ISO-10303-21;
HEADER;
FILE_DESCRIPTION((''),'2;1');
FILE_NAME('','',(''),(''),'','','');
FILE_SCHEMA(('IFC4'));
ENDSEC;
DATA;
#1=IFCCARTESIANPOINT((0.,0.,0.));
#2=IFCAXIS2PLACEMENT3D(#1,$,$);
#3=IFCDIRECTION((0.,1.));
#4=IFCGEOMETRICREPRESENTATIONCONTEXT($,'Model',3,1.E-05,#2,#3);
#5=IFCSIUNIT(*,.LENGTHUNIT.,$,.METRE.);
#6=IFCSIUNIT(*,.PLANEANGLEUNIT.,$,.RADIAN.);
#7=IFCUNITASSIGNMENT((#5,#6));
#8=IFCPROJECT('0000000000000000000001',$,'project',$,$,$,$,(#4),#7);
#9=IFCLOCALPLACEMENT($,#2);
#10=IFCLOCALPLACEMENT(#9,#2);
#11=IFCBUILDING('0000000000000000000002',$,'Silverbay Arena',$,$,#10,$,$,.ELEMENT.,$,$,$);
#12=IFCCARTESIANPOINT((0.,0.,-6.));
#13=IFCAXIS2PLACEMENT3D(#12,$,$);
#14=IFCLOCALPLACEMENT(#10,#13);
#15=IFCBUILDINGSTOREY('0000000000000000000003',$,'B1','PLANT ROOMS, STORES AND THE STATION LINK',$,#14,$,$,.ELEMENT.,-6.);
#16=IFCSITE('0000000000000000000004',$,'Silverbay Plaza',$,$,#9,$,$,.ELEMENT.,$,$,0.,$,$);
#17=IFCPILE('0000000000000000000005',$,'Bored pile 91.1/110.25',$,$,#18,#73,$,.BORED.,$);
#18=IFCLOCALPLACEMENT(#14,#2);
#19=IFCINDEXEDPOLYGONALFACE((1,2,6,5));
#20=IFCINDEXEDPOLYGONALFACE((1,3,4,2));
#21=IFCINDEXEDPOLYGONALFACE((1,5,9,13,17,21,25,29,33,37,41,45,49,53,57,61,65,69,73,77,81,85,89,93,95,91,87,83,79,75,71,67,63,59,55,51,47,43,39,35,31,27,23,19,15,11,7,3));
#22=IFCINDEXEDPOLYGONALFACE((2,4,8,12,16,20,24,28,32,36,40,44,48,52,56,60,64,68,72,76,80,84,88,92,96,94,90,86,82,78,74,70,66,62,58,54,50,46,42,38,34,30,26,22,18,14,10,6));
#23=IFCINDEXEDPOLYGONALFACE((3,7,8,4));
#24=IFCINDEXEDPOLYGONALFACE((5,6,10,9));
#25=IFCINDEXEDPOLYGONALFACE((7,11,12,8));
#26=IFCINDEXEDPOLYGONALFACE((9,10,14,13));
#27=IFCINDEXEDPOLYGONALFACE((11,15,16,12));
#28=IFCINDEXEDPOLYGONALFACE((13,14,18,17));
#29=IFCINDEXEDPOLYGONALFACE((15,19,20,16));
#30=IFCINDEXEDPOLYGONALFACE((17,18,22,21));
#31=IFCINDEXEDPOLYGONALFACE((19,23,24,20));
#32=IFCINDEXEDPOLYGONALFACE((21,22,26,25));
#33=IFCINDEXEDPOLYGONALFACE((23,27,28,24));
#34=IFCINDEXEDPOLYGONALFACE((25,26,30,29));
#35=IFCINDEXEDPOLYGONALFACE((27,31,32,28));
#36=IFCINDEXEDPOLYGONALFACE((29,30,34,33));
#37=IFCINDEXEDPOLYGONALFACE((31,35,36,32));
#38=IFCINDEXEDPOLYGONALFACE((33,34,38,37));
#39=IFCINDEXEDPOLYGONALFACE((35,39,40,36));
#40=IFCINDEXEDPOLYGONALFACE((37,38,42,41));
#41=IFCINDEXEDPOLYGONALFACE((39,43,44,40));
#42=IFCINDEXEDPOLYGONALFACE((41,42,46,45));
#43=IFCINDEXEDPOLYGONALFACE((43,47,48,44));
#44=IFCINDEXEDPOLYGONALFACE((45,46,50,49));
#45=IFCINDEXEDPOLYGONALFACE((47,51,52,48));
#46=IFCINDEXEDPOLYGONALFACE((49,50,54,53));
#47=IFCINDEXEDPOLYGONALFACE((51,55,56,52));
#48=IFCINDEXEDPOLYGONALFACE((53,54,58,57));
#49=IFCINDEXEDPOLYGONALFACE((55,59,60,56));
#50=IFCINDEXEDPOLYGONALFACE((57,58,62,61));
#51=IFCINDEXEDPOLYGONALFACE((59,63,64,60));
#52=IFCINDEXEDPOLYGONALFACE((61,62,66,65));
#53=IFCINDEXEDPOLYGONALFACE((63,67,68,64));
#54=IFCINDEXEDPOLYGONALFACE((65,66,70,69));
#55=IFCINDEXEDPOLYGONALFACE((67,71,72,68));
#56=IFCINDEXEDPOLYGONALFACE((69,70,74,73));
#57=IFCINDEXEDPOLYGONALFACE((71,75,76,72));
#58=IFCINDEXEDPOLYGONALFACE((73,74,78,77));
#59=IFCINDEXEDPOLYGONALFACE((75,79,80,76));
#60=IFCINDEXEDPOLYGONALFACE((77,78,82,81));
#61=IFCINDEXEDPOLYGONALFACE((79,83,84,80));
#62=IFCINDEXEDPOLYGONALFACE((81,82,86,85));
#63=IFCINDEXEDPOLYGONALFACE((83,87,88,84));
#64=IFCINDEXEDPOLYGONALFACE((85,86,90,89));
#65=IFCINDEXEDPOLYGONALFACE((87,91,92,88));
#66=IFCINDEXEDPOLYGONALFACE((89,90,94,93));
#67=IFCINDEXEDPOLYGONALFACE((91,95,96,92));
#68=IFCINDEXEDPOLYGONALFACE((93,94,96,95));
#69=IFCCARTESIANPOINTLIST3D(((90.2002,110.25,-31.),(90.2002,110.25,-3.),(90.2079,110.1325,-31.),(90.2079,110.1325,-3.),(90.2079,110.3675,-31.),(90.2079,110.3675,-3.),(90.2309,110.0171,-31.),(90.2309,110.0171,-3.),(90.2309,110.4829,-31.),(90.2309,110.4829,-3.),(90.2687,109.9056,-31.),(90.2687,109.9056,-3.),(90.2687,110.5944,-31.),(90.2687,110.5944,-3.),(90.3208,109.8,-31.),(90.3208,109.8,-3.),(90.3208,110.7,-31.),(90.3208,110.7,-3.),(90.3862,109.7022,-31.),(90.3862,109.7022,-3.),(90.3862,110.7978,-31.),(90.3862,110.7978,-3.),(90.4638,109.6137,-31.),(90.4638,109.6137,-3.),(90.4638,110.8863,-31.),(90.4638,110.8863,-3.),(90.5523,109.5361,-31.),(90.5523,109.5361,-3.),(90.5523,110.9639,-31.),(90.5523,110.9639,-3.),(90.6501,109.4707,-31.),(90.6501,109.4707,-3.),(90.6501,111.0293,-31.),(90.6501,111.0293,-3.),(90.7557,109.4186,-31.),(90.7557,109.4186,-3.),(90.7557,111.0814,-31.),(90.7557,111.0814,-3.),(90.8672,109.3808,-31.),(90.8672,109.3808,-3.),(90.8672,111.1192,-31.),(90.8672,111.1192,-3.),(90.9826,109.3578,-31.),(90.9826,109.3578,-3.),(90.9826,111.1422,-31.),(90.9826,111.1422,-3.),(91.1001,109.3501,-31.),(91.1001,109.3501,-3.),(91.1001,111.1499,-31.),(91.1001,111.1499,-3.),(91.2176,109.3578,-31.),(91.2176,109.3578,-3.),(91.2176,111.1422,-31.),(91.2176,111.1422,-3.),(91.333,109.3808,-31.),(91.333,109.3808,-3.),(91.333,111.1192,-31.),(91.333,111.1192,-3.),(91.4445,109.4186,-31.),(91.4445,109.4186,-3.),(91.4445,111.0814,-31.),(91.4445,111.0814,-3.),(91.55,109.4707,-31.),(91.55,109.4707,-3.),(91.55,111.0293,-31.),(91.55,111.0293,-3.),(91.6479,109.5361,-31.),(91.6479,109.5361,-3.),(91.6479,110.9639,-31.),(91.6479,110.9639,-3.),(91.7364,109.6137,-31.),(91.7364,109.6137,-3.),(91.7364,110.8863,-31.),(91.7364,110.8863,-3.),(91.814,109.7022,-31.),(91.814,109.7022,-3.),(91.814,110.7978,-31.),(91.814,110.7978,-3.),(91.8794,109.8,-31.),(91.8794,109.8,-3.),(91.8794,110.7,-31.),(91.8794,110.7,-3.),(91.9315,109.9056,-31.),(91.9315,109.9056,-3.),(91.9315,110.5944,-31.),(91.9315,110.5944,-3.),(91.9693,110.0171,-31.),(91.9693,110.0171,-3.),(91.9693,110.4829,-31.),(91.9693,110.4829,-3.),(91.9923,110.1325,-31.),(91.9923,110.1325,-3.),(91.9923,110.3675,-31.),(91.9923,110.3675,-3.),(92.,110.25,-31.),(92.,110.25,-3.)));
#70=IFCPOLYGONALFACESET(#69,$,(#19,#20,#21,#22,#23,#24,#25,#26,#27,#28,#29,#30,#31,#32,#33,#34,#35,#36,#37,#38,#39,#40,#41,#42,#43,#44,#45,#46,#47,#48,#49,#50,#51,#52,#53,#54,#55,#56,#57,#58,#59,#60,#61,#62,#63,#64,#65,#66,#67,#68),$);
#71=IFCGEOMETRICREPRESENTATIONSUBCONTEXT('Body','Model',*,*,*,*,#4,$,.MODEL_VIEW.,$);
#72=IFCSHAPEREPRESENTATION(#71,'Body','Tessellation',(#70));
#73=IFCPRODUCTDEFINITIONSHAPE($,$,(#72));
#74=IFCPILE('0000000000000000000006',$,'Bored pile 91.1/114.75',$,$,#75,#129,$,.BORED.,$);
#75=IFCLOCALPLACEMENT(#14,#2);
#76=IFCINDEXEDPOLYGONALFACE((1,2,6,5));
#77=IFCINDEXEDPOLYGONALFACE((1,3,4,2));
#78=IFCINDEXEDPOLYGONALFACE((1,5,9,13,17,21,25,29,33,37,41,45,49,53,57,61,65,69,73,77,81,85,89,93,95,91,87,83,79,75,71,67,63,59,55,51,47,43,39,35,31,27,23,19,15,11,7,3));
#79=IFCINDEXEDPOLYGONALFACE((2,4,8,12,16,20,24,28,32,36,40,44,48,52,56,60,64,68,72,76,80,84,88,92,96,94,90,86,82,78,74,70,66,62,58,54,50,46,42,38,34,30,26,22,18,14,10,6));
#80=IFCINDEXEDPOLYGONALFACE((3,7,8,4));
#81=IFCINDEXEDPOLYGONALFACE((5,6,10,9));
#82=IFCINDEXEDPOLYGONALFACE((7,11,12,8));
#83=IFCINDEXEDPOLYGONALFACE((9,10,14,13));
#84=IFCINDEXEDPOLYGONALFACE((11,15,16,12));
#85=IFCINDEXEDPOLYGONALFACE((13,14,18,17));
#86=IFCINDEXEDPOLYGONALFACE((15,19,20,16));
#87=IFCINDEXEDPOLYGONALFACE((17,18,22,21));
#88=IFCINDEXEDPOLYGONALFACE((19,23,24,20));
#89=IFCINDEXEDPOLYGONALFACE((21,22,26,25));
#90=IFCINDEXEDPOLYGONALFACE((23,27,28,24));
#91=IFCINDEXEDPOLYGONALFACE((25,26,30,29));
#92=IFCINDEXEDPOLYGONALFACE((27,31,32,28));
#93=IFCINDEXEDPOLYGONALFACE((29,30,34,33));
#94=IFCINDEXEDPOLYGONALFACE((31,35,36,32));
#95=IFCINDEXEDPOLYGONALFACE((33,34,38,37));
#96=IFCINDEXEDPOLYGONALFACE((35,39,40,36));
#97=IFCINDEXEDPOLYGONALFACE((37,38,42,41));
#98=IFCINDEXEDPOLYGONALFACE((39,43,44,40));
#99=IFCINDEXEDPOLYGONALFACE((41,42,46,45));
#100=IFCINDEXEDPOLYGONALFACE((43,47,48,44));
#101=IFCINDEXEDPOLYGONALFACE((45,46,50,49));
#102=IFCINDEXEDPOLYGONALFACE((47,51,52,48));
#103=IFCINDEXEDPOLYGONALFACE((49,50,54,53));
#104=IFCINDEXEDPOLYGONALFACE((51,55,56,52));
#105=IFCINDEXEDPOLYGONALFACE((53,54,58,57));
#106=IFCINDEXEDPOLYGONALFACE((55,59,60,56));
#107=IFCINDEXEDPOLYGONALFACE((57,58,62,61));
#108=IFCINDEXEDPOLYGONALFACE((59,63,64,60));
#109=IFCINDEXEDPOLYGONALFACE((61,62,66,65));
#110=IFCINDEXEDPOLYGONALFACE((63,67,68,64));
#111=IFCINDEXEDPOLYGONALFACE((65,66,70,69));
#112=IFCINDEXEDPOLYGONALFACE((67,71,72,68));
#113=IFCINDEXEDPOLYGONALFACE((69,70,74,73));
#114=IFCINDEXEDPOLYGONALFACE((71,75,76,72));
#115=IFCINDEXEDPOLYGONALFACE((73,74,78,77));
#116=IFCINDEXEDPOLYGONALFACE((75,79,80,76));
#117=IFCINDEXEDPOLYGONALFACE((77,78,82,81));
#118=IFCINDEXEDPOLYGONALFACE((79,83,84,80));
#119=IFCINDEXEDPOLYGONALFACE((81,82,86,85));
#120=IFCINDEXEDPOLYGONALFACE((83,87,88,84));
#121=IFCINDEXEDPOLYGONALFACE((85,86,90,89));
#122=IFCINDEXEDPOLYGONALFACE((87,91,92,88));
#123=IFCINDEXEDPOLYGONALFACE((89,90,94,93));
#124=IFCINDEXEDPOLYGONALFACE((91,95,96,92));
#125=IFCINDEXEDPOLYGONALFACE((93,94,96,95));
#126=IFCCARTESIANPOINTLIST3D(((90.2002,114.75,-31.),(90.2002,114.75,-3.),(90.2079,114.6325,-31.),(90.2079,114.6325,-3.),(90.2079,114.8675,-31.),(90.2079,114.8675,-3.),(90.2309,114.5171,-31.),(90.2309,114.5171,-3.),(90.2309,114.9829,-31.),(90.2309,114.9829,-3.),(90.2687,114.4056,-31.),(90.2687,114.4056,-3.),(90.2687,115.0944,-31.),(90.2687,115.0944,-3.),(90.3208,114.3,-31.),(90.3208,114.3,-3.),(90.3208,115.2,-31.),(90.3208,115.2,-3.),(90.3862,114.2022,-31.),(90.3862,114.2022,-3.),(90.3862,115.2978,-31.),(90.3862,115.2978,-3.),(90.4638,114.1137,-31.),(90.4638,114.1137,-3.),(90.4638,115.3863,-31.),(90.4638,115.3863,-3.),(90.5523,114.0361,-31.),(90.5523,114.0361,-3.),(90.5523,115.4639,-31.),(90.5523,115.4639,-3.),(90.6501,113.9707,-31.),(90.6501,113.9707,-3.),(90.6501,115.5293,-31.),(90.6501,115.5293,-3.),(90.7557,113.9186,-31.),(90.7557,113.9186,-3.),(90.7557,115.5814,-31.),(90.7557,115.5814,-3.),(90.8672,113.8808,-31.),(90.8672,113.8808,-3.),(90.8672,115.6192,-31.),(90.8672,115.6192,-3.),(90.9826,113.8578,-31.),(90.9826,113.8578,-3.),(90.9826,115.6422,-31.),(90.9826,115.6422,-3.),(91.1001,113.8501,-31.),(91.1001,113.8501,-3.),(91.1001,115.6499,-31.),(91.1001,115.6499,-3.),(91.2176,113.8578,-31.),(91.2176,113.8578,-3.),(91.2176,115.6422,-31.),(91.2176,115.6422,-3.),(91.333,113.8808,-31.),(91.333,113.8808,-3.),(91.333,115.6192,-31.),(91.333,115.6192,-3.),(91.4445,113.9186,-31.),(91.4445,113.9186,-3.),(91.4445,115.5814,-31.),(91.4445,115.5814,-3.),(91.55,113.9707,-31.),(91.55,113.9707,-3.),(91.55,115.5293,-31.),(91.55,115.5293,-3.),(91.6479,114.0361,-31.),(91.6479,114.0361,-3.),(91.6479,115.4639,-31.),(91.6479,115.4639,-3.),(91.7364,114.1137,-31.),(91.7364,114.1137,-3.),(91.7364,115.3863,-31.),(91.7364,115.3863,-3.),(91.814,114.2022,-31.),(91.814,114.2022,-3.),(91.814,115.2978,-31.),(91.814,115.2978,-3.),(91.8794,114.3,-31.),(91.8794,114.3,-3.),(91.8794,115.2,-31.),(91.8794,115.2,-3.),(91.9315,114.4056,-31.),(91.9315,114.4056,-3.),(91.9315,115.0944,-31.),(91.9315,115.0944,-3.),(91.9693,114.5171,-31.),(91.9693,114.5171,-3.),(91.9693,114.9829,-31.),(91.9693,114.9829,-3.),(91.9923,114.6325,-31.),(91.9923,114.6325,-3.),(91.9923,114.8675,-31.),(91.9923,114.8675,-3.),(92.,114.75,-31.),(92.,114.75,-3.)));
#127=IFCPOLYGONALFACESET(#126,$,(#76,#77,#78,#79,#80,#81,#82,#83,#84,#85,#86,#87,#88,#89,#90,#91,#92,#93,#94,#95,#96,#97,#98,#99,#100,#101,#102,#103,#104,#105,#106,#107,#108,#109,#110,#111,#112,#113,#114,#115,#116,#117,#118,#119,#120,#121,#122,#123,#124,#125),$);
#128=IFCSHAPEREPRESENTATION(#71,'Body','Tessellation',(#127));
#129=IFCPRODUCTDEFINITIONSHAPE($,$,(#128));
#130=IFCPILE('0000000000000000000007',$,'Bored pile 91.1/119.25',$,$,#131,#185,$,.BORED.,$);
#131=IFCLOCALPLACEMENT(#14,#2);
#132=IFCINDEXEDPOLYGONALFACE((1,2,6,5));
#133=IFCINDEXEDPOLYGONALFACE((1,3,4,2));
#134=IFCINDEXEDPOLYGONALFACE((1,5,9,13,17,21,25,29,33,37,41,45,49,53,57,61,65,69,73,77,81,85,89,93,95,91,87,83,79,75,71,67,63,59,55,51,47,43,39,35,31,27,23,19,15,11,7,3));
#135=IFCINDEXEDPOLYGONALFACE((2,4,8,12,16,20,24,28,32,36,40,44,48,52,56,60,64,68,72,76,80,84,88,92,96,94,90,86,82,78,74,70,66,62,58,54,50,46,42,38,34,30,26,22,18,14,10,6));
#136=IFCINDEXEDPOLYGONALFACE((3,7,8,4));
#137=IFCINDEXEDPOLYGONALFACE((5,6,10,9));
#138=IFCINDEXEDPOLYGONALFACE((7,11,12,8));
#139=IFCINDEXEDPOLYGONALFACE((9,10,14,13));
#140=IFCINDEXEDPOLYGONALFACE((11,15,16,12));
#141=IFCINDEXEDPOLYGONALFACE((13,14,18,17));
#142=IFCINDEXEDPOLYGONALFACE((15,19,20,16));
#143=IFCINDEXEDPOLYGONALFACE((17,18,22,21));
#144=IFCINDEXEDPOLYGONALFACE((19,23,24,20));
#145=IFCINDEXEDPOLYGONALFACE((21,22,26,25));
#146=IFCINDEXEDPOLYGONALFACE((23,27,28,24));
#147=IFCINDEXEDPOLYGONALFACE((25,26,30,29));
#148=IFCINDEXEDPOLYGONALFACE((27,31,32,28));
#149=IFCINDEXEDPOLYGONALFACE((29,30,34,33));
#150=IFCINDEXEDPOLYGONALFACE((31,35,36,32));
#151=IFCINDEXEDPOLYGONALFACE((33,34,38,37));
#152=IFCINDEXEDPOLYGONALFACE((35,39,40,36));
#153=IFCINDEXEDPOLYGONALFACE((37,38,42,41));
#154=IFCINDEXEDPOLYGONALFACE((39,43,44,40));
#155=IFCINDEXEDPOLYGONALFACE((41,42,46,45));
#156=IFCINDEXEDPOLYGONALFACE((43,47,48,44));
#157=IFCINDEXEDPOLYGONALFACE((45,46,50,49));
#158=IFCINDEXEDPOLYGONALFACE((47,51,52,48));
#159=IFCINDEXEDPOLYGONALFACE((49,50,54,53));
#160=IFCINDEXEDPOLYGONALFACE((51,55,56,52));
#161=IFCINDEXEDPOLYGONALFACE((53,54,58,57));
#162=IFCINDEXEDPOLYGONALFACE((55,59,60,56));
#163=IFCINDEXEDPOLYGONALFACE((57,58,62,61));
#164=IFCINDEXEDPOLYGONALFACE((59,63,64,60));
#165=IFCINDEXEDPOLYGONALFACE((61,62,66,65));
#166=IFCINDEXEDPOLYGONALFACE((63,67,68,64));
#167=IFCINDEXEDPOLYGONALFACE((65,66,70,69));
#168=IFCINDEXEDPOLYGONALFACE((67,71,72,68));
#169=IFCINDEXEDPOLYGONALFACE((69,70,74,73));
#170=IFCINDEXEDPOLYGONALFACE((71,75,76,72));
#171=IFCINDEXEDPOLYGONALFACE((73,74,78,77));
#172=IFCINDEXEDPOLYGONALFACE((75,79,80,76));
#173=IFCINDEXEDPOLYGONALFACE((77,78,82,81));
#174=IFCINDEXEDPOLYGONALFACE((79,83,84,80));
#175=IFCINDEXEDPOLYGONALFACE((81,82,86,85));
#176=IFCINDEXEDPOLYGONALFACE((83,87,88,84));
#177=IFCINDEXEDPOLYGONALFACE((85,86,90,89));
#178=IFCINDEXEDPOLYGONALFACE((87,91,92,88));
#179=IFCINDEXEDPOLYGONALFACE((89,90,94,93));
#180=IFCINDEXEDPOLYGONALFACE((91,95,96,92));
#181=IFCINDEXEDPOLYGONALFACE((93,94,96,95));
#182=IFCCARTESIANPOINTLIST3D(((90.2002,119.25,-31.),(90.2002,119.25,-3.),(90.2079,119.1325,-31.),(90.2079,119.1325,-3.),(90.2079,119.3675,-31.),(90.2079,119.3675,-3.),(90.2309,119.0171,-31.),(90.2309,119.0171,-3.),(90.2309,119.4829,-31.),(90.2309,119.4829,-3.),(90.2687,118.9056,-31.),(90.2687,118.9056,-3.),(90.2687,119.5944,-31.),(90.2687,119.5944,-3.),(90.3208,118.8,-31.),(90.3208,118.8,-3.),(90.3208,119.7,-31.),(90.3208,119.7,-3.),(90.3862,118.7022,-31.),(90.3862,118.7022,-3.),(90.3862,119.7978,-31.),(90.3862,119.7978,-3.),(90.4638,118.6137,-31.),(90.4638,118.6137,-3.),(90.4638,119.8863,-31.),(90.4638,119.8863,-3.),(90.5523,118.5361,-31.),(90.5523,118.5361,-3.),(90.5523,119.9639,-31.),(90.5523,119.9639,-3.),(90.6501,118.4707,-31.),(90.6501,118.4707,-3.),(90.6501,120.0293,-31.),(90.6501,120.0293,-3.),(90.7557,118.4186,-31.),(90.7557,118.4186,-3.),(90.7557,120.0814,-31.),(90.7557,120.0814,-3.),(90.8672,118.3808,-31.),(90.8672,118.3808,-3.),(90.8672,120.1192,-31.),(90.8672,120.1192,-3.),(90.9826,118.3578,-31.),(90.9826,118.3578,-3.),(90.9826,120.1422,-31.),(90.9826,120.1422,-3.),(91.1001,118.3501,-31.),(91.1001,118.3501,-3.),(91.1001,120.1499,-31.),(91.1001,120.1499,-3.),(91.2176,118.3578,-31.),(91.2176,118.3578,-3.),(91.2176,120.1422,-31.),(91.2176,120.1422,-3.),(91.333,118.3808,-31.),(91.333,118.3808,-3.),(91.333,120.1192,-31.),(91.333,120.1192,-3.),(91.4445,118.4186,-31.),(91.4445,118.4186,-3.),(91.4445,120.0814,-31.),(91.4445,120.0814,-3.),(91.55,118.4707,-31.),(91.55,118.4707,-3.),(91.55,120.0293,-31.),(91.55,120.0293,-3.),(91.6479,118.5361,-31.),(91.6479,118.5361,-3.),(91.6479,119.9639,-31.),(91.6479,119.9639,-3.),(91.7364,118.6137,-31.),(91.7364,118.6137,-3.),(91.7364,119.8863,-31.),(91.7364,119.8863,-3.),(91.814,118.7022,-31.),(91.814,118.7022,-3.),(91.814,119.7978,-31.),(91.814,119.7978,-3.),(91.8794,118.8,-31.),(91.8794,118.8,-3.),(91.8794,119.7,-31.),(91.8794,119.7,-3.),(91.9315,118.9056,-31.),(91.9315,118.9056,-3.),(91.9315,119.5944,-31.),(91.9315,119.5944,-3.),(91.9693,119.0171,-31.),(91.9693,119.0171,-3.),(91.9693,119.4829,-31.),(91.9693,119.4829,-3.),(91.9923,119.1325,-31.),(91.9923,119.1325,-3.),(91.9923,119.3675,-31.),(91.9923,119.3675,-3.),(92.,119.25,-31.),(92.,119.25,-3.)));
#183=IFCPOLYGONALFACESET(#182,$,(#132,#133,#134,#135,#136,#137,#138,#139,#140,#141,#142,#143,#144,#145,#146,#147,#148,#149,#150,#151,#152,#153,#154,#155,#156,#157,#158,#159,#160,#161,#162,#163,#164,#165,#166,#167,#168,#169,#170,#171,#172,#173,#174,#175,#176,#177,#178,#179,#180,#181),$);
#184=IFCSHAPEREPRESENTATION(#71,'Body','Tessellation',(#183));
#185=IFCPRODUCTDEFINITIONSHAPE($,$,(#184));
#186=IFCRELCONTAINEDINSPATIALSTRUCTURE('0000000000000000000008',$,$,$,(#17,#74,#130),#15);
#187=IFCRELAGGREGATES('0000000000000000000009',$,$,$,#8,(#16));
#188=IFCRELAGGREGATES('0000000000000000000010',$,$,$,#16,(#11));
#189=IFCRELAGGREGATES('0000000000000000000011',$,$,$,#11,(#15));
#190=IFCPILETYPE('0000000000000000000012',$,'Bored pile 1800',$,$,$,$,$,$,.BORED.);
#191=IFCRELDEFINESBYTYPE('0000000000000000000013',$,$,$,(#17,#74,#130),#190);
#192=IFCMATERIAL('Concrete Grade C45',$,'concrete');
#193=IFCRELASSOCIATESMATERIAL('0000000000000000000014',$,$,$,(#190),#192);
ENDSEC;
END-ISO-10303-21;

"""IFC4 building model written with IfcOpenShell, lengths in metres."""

from ifc_helpers import new_model, si_unit, direction, frame, origin, origin_2d, place, context, subcontext, project, spatial, circle, extrude, material, material_profile, profile_set, type_object, element, save


model = new_model("IFC4")

# Units and contexts
model_context = context("Model", 3, precision=1e-05, world=origin(), true_north=direction((0.0, 1.0)))
body_context = subcontext(model_context, "Body", "Model", "MODEL_VIEW")
ifc_project = project(units=[si_unit("LENGTHUNIT", "METRE"), si_unit("PLANEANGLEUNIT", "RADIAN")], contexts=[model_context])

# Site, building, storey
site_placement = place(None, origin())
site = spatial("IfcSite", under=ifc_project, at=site_placement, Name="Silverbay Plaza", CompositionType="ELEMENT", RefElevation=0.0)
building_placement = place(site_placement, origin())
building = spatial("IfcBuilding", under=site, at=building_placement, Name="Silverbay Arena", CompositionType="ELEMENT")
storey_placement = place(building_placement, frame((0.0, 0.0, -6.0)))
storey = spatial("IfcBuildingStorey", under=building, at=storey_placement, Name="B1", Description="PLANT ROOMS, STORES AND THE STATION LINK", CompositionType="ELEMENT", Elevation=-6.0)

# Piles
ifc_material_1 = material(Name="Concrete Grade C45", Category="concrete")
ifc_material_profile = material_profile(ifc_material_1, circle(Radius=0.8999, at=origin_2d()), Name="Bored pile 1800")
ifc_profile_set = profile_set([ifc_material_profile], Name="Concrete Grade C45")
pile_type = type_object("IfcPileType", Name="Bored pile 1800", PredefinedType="BORED", material=ifc_profile_set)
for number, where, z_axis, x_axis, name in (
    (1, (91.1001, 110.25, -3.0), (0.0, 0.0, -1.0), (1.0, 0.0, 0.0), "Bored pile 91.1/110.25"),
    (2, (91.1001, 114.75, -3.0), (0.0, 0.0, -1.0), (1.0, 0.0, 0.0), "Bored pile 91.1/114.75"),
    (3, (91.1001, 119.25, -3.0), (0.0, 0.0, -1.0), (1.0, 0.0, 0.0), "Bored pile 91.1/119.25"),
):
    element("IfcPile", number, at=place(storey_placement, frame(where, z_axis=z_axis, x_axis=x_axis)), inside=storey, type_object=pile_type, Name=name, PredefinedType="BORED", context=body_context, shape_type="SweptSolid", body=[
        extrude(circle(Radius=0.8999, at=origin_2d()), origin(), (0.0, 0.0, 1.0), 28.0),
    ])

save(model, "model.ifc")
